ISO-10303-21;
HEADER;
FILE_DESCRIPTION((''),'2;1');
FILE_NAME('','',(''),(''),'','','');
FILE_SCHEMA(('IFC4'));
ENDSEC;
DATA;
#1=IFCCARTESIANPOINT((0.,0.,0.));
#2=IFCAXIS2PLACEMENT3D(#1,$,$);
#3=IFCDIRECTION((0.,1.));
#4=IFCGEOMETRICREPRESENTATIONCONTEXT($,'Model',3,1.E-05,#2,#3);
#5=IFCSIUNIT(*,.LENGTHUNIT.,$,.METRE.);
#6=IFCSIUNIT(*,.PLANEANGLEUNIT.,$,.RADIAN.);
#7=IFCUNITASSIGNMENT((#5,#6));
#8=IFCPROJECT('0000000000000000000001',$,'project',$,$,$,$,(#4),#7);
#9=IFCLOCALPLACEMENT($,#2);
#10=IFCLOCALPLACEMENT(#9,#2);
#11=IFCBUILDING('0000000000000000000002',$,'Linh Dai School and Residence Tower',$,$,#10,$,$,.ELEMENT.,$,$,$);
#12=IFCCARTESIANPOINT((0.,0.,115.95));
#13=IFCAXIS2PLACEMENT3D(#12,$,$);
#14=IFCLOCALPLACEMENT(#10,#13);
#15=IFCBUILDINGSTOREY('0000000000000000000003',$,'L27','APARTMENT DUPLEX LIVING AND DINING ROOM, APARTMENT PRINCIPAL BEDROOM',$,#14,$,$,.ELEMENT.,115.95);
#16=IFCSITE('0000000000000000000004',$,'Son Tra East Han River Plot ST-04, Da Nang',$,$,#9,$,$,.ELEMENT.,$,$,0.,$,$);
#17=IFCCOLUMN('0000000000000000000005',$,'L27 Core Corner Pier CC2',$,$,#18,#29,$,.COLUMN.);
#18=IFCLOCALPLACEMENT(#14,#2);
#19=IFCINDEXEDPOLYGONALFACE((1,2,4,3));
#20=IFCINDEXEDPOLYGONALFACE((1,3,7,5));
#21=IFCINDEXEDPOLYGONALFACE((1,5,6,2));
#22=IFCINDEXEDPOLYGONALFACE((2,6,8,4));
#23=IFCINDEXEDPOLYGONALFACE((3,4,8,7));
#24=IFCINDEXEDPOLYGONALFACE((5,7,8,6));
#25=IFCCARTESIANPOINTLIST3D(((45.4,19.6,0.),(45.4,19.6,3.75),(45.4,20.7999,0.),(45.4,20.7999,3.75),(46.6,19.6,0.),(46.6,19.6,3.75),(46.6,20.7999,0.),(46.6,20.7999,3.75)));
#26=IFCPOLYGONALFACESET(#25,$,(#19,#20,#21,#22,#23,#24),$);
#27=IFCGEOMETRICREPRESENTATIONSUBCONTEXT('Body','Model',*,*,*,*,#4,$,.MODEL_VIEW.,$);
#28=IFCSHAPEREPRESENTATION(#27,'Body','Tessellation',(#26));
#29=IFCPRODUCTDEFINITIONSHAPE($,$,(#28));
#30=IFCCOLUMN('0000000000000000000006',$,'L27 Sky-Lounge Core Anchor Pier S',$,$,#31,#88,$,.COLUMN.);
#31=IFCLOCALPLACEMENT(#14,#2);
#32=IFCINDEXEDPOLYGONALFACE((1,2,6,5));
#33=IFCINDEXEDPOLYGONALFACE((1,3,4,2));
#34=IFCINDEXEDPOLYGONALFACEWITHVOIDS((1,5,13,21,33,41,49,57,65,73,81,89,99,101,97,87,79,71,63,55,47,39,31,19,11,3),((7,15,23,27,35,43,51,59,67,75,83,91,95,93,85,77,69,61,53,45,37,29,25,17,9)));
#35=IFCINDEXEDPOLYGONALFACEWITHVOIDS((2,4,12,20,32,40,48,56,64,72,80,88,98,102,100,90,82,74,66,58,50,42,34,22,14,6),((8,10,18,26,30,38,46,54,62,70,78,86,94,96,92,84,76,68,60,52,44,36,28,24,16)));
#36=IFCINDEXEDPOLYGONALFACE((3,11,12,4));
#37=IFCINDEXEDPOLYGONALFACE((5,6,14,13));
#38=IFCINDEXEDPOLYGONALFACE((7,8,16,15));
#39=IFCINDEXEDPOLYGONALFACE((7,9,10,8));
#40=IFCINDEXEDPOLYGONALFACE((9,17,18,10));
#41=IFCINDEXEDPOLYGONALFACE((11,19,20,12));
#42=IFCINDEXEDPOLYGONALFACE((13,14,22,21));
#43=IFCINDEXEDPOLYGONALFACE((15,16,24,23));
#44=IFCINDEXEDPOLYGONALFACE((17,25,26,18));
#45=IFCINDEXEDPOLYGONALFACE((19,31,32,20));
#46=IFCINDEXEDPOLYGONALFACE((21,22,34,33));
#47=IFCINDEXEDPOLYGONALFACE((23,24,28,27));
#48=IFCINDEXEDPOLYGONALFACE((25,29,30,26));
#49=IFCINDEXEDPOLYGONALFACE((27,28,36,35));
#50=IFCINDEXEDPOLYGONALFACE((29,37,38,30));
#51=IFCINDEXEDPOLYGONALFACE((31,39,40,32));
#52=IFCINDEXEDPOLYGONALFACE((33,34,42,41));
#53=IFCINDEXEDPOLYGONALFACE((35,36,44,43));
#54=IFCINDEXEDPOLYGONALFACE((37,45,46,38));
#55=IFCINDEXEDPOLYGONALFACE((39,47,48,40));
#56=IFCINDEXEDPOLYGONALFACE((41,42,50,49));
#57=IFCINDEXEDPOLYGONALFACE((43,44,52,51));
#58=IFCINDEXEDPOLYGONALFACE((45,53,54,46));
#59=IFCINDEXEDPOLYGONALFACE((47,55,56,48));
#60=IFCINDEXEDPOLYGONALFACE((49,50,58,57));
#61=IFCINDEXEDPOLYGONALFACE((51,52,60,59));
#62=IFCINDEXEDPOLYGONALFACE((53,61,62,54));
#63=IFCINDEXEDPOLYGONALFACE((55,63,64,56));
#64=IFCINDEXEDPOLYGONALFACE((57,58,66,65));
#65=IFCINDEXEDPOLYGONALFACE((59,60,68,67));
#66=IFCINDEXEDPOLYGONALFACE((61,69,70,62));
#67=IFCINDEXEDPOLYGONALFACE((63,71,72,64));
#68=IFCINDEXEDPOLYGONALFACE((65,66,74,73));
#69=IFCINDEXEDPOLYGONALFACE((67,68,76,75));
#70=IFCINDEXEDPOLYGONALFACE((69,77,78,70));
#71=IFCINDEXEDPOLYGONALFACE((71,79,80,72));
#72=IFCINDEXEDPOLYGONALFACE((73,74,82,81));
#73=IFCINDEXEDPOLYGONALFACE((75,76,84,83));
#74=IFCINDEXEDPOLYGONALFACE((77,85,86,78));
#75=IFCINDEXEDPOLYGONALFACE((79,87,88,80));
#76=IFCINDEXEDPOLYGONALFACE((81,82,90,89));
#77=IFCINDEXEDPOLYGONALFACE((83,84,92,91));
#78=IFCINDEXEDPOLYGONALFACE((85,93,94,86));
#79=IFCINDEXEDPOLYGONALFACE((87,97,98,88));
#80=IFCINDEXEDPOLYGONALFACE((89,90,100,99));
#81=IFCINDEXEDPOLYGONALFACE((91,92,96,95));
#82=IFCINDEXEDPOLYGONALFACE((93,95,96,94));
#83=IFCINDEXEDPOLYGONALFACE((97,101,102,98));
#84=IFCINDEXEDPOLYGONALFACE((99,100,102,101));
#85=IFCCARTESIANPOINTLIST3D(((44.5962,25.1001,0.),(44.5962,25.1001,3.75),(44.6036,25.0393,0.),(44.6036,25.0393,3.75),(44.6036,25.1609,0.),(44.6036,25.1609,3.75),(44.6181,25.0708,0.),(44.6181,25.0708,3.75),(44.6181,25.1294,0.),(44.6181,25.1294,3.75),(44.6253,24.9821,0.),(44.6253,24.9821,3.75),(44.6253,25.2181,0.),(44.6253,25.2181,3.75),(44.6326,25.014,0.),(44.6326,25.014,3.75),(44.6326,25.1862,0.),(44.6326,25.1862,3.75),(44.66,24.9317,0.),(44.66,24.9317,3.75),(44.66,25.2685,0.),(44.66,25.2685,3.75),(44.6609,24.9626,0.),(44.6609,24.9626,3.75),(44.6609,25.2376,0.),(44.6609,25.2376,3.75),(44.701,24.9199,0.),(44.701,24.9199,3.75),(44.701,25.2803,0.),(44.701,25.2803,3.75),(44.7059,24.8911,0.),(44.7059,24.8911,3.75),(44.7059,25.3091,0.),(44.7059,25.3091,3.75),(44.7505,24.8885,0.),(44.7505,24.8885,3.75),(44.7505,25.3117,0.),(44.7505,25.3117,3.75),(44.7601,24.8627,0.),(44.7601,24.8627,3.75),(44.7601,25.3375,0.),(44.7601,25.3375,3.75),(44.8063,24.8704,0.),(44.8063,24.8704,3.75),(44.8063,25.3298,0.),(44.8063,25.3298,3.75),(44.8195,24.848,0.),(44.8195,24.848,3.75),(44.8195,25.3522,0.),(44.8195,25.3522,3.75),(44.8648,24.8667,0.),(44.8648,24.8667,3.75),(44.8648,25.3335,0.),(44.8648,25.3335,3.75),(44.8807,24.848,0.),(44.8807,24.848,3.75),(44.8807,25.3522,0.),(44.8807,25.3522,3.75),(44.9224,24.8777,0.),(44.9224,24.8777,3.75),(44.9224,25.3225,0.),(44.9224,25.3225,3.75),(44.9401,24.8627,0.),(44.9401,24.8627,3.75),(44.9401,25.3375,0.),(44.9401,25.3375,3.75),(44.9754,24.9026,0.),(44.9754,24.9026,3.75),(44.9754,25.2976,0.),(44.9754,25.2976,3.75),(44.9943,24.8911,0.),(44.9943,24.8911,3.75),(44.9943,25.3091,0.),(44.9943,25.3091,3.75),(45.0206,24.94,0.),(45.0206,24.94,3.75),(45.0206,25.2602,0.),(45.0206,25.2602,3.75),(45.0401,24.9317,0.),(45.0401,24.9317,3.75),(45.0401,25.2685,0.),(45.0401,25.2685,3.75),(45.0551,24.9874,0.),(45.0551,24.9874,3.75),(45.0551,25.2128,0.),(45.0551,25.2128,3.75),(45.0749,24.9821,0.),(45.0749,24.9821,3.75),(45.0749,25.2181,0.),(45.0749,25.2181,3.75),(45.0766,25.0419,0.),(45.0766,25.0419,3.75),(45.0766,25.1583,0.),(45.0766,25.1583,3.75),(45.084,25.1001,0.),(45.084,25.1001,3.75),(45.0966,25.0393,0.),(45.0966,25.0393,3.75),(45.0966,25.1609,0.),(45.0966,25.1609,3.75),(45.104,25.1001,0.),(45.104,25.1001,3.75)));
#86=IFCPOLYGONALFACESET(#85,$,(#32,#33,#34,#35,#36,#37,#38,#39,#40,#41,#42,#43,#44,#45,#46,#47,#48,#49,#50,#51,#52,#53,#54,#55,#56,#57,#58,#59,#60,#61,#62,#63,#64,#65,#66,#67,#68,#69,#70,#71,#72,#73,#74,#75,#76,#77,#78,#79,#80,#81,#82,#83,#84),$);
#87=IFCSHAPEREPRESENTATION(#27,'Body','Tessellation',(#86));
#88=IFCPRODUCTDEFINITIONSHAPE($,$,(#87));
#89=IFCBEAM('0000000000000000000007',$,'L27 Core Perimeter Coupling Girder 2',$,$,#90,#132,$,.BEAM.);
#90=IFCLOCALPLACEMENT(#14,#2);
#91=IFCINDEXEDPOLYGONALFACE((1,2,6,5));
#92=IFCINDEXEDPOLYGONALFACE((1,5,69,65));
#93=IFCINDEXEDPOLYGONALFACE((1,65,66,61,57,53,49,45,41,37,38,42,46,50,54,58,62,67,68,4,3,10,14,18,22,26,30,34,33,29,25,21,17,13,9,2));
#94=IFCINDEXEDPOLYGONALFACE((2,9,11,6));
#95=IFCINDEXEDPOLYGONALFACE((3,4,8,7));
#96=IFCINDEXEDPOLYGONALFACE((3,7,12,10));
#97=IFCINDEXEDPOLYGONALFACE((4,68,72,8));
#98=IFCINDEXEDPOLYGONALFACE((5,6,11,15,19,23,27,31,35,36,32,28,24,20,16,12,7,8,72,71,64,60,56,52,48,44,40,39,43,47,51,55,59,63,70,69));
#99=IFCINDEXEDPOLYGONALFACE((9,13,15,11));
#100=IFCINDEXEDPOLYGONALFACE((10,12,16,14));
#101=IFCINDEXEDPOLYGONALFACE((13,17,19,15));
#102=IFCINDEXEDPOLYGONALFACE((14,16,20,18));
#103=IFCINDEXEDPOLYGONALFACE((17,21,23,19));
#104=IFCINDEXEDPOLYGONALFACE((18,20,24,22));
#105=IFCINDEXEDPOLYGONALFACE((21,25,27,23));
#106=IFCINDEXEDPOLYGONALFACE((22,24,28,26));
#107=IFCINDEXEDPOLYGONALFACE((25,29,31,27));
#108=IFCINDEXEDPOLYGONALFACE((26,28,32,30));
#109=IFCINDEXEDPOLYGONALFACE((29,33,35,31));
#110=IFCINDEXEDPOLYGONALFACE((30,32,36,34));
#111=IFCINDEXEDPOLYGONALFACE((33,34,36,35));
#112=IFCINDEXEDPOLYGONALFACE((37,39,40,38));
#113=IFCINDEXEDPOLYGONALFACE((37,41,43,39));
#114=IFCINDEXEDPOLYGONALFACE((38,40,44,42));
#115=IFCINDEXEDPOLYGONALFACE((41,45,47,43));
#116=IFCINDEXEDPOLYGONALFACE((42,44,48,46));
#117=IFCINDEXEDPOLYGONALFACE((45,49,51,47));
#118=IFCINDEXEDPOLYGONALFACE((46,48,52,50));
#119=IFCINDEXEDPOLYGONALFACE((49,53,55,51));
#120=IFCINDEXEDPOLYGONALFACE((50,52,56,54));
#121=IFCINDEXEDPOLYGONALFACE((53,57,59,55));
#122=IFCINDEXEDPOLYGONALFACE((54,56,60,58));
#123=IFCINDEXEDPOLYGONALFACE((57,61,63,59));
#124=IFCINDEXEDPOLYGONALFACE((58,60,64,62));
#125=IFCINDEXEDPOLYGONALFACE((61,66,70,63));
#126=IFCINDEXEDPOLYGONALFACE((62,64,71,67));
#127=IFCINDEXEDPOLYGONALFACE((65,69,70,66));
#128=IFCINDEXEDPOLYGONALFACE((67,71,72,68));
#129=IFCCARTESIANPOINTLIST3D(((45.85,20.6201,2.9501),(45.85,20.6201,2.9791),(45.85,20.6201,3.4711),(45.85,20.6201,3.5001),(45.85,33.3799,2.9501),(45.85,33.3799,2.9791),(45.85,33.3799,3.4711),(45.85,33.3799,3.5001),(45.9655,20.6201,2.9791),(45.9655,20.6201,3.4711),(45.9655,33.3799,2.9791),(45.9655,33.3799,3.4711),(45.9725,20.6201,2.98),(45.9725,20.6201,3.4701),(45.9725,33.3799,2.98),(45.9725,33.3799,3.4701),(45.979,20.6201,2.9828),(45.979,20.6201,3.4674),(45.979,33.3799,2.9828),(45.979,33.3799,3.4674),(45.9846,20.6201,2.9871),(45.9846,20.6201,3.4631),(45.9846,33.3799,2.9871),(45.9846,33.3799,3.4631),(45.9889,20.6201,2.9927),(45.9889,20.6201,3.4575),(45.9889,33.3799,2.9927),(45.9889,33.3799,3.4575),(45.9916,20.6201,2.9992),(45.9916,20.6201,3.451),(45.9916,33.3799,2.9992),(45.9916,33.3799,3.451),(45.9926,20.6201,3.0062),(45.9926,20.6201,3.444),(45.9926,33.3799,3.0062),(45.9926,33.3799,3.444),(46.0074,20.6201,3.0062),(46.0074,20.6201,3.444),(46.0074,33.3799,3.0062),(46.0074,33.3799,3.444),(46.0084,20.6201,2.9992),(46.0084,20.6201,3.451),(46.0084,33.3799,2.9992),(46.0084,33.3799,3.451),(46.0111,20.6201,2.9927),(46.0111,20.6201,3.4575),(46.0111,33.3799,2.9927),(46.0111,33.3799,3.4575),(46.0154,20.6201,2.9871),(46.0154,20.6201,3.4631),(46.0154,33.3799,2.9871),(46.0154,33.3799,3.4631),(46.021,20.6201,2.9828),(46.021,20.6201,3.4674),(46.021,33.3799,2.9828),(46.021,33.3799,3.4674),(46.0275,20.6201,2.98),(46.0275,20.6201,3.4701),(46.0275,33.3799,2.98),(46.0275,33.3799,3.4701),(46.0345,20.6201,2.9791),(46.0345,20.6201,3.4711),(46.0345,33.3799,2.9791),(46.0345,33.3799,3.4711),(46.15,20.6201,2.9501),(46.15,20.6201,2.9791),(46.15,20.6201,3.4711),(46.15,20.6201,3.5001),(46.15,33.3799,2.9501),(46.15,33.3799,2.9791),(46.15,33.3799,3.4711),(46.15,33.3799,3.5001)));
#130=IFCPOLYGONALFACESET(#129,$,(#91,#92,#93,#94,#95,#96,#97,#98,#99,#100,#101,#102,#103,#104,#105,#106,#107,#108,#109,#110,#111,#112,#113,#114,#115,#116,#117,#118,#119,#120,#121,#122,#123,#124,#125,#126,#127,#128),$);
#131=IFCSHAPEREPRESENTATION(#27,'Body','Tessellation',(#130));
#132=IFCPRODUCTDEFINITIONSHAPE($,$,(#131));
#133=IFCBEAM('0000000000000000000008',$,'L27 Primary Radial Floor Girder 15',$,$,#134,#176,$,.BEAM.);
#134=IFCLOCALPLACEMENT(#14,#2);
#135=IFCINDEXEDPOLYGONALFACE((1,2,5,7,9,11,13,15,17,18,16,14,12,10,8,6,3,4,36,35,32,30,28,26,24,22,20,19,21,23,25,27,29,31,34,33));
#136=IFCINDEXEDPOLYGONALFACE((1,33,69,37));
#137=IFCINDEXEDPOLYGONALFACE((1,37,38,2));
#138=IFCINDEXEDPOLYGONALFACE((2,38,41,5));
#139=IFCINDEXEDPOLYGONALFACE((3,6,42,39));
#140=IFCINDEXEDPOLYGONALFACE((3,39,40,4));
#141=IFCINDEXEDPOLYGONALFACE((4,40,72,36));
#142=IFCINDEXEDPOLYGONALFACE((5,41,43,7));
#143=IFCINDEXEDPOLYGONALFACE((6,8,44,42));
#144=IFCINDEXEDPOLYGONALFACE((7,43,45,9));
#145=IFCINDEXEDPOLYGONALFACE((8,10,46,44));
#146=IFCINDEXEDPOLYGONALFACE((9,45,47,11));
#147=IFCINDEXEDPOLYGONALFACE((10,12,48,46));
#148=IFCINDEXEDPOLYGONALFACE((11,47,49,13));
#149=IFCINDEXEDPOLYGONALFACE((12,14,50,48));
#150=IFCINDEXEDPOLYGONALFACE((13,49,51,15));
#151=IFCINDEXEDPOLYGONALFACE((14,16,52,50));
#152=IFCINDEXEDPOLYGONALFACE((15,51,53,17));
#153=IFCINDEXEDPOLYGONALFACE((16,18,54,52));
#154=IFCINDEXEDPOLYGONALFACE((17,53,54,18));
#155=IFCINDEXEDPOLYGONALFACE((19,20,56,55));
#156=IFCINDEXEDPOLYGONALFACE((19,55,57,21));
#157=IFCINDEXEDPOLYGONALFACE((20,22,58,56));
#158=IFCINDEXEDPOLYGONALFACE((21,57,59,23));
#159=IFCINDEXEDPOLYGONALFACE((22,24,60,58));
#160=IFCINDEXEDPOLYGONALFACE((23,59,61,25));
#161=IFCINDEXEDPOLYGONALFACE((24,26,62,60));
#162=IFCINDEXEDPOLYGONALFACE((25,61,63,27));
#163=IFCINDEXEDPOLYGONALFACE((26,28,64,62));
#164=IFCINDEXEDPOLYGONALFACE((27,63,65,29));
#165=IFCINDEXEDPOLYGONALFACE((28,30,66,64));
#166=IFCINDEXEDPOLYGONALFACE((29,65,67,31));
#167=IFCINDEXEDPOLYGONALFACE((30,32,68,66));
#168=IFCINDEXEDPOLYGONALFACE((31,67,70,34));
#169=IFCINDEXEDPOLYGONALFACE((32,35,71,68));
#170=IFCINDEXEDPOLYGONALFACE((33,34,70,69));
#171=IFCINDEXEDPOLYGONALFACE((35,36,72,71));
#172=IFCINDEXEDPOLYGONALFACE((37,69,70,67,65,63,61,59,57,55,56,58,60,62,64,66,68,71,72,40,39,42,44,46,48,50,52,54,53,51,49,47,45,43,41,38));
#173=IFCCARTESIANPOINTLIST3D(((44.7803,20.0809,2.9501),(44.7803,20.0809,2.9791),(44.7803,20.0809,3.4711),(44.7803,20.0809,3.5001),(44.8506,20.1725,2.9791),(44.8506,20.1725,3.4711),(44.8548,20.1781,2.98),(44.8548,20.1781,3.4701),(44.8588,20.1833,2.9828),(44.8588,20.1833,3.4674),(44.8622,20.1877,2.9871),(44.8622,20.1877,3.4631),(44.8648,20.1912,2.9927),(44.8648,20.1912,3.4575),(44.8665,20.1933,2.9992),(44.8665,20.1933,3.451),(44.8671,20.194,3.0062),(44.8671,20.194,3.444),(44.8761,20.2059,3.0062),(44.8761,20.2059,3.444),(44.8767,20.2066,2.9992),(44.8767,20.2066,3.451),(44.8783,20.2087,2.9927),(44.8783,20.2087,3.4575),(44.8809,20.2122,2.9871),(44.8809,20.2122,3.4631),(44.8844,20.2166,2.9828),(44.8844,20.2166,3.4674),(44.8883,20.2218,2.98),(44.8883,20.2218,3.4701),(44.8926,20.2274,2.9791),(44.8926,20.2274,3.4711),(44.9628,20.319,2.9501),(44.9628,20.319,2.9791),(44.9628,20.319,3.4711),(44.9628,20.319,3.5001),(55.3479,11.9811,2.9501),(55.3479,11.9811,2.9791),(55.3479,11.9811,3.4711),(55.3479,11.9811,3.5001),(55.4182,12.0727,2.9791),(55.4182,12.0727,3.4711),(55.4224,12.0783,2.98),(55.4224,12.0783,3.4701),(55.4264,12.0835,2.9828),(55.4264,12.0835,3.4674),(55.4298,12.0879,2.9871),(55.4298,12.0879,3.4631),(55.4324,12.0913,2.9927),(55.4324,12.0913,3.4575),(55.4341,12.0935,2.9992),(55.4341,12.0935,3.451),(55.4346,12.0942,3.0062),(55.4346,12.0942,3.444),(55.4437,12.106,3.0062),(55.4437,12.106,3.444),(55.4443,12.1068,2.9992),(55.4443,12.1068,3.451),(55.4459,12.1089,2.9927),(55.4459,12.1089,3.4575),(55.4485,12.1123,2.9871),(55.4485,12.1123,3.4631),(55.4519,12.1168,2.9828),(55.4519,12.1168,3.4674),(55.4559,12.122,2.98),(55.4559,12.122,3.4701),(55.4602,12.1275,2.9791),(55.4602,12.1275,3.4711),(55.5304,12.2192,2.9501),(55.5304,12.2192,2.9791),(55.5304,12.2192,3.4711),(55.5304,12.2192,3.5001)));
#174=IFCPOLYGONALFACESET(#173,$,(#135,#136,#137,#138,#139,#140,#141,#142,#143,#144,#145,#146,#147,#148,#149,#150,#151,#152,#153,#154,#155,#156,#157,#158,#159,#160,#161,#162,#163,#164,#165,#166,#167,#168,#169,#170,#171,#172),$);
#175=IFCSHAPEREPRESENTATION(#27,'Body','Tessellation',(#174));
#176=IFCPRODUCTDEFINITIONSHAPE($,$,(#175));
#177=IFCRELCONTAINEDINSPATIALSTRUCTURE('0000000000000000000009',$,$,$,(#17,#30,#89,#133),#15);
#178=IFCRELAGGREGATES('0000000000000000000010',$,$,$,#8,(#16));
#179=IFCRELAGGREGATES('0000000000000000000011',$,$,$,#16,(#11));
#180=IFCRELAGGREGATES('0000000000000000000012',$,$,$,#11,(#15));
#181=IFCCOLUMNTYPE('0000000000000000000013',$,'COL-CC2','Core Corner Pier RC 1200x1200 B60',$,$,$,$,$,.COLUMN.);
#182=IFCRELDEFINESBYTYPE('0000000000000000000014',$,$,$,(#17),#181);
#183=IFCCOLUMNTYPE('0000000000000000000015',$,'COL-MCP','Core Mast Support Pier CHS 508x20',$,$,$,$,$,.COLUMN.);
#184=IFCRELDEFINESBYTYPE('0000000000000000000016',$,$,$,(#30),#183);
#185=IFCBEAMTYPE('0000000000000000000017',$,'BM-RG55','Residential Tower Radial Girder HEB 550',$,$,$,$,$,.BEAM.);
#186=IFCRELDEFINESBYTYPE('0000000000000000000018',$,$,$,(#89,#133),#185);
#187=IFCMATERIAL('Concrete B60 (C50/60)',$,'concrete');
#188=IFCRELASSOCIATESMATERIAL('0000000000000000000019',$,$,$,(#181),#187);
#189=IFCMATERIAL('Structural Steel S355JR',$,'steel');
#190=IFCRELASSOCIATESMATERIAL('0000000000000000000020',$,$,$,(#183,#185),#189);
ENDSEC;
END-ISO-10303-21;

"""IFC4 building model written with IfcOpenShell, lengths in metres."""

from ifc_helpers import new_model, si_unit, direction, frame, origin, origin_2d, place, context, subcontext, project, spatial, rectangle, hollow_circle, i_section, extrude, material, material_profile, profile_set, type_object, element, save


model = new_model("IFC4")

# Units and contexts
model_context = context("Model", 3, precision=1e-05, world=origin(), true_north=direction((0.0, 1.0)))
body_context = subcontext(model_context, "Body", "Model", "MODEL_VIEW")
ifc_project = project(units=[si_unit("LENGTHUNIT", "METRE"), si_unit("PLANEANGLEUNIT", "RADIAN")], contexts=[model_context])

# Site, building, storey
site_placement = place(None, origin())
site = spatial("IfcSite", under=ifc_project, at=site_placement, Name="Son Tra East Han River Plot ST-04, Da Nang", CompositionType="ELEMENT", RefElevation=0.0)
building_placement = place(site_placement, origin())
building = spatial("IfcBuilding", under=site, at=building_placement, Name="Linh Dai School and Residence Tower", CompositionType="ELEMENT")
storey_placement = place(building_placement, frame((0.0, 0.0, 115.95)))
storey = spatial("IfcBuildingStorey", under=building, at=storey_placement, Name="L27", Description="APARTMENT DUPLEX LIVING AND DINING ROOM, APARTMENT PRINCIPAL BEDROOM", CompositionType="ELEMENT", Elevation=115.95)

# Columns
ifc_material_1 = material(Name="Concrete B60 (C50/60)", Category="concrete")
ifc_material_profile_1 = material_profile(ifc_material_1, rectangle(XDim=1.2, YDim=1.2, at=origin_2d()), Name="RC 1200x1200")
ifc_profile_set_1 = profile_set([ifc_material_profile_1], Name="Concrete B60 (C50/60)")
column_type_1 = type_object("IfcColumnType", Name="COL-CC2", Description="Core Corner Pier RC 1200x1200 B60", PredefinedType="COLUMN", material=ifc_profile_set_1)
column_1_placement = place(storey_placement, frame((46.0, 20.2, 0.0), z_axis=(0.0, 0.0, 1.0), x_axis=(1.0, 0.0, 0.0)))
element("IfcColumn", 1, at=column_1_placement, inside=storey, type_object=column_type_1, Name="L27 Core Corner Pier CC2", PredefinedType="COLUMN", context=body_context, shape_type="SweptSolid", body=[
    extrude(rectangle(XDim=1.2, YDim=1.2, at=origin_2d()), origin(), (0.0, 0.0, 1.0), 3.75),
])
ifc_material_2 = material(Name="Structural Steel S355JR", Category="steel")
ifc_material_profile_2 = material_profile(ifc_material_2, hollow_circle(Radius=0.2539, WallThickness=0.02, at=origin_2d()), Name="CHS 508x20")
ifc_profile_set_2 = profile_set([ifc_material_profile_2], Name="Structural Steel S355JR")
column_type_2 = type_object("IfcColumnType", Name="COL-MCP", Description="Core Mast Support Pier CHS 508x20", PredefinedType="COLUMN", material=ifc_profile_set_2)
column_2_placement = place(storey_placement, frame((44.8501, 25.1001, 0.0), z_axis=(0.0, 0.0, 1.0), x_axis=(1.0, 0.0, 0.0)))
element("IfcColumn", 2, at=column_2_placement, inside=storey, type_object=column_type_2, Name="L27 Sky-Lounge Core Anchor Pier S", PredefinedType="COLUMN", context=body_context, shape_type="SweptSolid", body=[
    extrude(hollow_circle(Radius=0.2539, WallThickness=0.02, at=origin_2d()), origin(), (0.0, 0.0, 1.0), 3.75),
])

# Beams
ifc_material_profile_3 = material_profile(ifc_material_2, i_section(OverallWidth=0.3, OverallDepth=0.55, WebThickness=0.0149, FlangeThickness=0.0291, FilletRadius=0.0271, at=origin_2d()), Name="HEB 550")
ifc_profile_set_3 = profile_set([ifc_material_profile_3], Name="Structural Steel S355JR")
beam_type_1 = type_object("IfcBeamType", Name="BM-RG55", Description="Residential Tower Radial Girder HEB 550", PredefinedType="BEAM", material=ifc_profile_set_3)
beam_1_placement = place(storey_placement, frame((46.0, 20.6201, 3.2251), z_axis=(0.0, 1.0, 0.0), x_axis=(-1.0, 0.0, 0.0)))
element("IfcBeam", 3, at=beam_1_placement, inside=storey, type_object=beam_type_1, Name="L27 Core Perimeter Coupling Girder 2", PredefinedType="BEAM", context=body_context, shape_type="SweptSolid", body=[
    extrude(i_section(OverallWidth=0.3, OverallDepth=0.55, WebThickness=0.0149, FlangeThickness=0.0291, FilletRadius=0.0271, at=origin_2d()), origin(), (0.0, 0.0, 1.0), 12.7598),
])
beam_2_placement = place(storey_placement, frame((44.8716, 20.2, 3.2251), z_axis=(0.793679, -0.608337, 0.0), x_axis=(0.608337, 0.793679, 0.0)))
element("IfcBeam", 4, at=beam_2_placement, inside=storey, type_object=beam_type_1, Name="L27 Primary Radial Floor Girder 15", PredefinedType="BEAM", context=body_context, shape_type="SweptSolid", body=[
    extrude(i_section(OverallWidth=0.3, OverallDepth=0.55, WebThickness=0.0149, FlangeThickness=0.0291, FilletRadius=0.0271, at=origin_2d()), origin(), (0.0, 0.0, 1.0), 13.3147),
])

save(model, "model.ifc")
